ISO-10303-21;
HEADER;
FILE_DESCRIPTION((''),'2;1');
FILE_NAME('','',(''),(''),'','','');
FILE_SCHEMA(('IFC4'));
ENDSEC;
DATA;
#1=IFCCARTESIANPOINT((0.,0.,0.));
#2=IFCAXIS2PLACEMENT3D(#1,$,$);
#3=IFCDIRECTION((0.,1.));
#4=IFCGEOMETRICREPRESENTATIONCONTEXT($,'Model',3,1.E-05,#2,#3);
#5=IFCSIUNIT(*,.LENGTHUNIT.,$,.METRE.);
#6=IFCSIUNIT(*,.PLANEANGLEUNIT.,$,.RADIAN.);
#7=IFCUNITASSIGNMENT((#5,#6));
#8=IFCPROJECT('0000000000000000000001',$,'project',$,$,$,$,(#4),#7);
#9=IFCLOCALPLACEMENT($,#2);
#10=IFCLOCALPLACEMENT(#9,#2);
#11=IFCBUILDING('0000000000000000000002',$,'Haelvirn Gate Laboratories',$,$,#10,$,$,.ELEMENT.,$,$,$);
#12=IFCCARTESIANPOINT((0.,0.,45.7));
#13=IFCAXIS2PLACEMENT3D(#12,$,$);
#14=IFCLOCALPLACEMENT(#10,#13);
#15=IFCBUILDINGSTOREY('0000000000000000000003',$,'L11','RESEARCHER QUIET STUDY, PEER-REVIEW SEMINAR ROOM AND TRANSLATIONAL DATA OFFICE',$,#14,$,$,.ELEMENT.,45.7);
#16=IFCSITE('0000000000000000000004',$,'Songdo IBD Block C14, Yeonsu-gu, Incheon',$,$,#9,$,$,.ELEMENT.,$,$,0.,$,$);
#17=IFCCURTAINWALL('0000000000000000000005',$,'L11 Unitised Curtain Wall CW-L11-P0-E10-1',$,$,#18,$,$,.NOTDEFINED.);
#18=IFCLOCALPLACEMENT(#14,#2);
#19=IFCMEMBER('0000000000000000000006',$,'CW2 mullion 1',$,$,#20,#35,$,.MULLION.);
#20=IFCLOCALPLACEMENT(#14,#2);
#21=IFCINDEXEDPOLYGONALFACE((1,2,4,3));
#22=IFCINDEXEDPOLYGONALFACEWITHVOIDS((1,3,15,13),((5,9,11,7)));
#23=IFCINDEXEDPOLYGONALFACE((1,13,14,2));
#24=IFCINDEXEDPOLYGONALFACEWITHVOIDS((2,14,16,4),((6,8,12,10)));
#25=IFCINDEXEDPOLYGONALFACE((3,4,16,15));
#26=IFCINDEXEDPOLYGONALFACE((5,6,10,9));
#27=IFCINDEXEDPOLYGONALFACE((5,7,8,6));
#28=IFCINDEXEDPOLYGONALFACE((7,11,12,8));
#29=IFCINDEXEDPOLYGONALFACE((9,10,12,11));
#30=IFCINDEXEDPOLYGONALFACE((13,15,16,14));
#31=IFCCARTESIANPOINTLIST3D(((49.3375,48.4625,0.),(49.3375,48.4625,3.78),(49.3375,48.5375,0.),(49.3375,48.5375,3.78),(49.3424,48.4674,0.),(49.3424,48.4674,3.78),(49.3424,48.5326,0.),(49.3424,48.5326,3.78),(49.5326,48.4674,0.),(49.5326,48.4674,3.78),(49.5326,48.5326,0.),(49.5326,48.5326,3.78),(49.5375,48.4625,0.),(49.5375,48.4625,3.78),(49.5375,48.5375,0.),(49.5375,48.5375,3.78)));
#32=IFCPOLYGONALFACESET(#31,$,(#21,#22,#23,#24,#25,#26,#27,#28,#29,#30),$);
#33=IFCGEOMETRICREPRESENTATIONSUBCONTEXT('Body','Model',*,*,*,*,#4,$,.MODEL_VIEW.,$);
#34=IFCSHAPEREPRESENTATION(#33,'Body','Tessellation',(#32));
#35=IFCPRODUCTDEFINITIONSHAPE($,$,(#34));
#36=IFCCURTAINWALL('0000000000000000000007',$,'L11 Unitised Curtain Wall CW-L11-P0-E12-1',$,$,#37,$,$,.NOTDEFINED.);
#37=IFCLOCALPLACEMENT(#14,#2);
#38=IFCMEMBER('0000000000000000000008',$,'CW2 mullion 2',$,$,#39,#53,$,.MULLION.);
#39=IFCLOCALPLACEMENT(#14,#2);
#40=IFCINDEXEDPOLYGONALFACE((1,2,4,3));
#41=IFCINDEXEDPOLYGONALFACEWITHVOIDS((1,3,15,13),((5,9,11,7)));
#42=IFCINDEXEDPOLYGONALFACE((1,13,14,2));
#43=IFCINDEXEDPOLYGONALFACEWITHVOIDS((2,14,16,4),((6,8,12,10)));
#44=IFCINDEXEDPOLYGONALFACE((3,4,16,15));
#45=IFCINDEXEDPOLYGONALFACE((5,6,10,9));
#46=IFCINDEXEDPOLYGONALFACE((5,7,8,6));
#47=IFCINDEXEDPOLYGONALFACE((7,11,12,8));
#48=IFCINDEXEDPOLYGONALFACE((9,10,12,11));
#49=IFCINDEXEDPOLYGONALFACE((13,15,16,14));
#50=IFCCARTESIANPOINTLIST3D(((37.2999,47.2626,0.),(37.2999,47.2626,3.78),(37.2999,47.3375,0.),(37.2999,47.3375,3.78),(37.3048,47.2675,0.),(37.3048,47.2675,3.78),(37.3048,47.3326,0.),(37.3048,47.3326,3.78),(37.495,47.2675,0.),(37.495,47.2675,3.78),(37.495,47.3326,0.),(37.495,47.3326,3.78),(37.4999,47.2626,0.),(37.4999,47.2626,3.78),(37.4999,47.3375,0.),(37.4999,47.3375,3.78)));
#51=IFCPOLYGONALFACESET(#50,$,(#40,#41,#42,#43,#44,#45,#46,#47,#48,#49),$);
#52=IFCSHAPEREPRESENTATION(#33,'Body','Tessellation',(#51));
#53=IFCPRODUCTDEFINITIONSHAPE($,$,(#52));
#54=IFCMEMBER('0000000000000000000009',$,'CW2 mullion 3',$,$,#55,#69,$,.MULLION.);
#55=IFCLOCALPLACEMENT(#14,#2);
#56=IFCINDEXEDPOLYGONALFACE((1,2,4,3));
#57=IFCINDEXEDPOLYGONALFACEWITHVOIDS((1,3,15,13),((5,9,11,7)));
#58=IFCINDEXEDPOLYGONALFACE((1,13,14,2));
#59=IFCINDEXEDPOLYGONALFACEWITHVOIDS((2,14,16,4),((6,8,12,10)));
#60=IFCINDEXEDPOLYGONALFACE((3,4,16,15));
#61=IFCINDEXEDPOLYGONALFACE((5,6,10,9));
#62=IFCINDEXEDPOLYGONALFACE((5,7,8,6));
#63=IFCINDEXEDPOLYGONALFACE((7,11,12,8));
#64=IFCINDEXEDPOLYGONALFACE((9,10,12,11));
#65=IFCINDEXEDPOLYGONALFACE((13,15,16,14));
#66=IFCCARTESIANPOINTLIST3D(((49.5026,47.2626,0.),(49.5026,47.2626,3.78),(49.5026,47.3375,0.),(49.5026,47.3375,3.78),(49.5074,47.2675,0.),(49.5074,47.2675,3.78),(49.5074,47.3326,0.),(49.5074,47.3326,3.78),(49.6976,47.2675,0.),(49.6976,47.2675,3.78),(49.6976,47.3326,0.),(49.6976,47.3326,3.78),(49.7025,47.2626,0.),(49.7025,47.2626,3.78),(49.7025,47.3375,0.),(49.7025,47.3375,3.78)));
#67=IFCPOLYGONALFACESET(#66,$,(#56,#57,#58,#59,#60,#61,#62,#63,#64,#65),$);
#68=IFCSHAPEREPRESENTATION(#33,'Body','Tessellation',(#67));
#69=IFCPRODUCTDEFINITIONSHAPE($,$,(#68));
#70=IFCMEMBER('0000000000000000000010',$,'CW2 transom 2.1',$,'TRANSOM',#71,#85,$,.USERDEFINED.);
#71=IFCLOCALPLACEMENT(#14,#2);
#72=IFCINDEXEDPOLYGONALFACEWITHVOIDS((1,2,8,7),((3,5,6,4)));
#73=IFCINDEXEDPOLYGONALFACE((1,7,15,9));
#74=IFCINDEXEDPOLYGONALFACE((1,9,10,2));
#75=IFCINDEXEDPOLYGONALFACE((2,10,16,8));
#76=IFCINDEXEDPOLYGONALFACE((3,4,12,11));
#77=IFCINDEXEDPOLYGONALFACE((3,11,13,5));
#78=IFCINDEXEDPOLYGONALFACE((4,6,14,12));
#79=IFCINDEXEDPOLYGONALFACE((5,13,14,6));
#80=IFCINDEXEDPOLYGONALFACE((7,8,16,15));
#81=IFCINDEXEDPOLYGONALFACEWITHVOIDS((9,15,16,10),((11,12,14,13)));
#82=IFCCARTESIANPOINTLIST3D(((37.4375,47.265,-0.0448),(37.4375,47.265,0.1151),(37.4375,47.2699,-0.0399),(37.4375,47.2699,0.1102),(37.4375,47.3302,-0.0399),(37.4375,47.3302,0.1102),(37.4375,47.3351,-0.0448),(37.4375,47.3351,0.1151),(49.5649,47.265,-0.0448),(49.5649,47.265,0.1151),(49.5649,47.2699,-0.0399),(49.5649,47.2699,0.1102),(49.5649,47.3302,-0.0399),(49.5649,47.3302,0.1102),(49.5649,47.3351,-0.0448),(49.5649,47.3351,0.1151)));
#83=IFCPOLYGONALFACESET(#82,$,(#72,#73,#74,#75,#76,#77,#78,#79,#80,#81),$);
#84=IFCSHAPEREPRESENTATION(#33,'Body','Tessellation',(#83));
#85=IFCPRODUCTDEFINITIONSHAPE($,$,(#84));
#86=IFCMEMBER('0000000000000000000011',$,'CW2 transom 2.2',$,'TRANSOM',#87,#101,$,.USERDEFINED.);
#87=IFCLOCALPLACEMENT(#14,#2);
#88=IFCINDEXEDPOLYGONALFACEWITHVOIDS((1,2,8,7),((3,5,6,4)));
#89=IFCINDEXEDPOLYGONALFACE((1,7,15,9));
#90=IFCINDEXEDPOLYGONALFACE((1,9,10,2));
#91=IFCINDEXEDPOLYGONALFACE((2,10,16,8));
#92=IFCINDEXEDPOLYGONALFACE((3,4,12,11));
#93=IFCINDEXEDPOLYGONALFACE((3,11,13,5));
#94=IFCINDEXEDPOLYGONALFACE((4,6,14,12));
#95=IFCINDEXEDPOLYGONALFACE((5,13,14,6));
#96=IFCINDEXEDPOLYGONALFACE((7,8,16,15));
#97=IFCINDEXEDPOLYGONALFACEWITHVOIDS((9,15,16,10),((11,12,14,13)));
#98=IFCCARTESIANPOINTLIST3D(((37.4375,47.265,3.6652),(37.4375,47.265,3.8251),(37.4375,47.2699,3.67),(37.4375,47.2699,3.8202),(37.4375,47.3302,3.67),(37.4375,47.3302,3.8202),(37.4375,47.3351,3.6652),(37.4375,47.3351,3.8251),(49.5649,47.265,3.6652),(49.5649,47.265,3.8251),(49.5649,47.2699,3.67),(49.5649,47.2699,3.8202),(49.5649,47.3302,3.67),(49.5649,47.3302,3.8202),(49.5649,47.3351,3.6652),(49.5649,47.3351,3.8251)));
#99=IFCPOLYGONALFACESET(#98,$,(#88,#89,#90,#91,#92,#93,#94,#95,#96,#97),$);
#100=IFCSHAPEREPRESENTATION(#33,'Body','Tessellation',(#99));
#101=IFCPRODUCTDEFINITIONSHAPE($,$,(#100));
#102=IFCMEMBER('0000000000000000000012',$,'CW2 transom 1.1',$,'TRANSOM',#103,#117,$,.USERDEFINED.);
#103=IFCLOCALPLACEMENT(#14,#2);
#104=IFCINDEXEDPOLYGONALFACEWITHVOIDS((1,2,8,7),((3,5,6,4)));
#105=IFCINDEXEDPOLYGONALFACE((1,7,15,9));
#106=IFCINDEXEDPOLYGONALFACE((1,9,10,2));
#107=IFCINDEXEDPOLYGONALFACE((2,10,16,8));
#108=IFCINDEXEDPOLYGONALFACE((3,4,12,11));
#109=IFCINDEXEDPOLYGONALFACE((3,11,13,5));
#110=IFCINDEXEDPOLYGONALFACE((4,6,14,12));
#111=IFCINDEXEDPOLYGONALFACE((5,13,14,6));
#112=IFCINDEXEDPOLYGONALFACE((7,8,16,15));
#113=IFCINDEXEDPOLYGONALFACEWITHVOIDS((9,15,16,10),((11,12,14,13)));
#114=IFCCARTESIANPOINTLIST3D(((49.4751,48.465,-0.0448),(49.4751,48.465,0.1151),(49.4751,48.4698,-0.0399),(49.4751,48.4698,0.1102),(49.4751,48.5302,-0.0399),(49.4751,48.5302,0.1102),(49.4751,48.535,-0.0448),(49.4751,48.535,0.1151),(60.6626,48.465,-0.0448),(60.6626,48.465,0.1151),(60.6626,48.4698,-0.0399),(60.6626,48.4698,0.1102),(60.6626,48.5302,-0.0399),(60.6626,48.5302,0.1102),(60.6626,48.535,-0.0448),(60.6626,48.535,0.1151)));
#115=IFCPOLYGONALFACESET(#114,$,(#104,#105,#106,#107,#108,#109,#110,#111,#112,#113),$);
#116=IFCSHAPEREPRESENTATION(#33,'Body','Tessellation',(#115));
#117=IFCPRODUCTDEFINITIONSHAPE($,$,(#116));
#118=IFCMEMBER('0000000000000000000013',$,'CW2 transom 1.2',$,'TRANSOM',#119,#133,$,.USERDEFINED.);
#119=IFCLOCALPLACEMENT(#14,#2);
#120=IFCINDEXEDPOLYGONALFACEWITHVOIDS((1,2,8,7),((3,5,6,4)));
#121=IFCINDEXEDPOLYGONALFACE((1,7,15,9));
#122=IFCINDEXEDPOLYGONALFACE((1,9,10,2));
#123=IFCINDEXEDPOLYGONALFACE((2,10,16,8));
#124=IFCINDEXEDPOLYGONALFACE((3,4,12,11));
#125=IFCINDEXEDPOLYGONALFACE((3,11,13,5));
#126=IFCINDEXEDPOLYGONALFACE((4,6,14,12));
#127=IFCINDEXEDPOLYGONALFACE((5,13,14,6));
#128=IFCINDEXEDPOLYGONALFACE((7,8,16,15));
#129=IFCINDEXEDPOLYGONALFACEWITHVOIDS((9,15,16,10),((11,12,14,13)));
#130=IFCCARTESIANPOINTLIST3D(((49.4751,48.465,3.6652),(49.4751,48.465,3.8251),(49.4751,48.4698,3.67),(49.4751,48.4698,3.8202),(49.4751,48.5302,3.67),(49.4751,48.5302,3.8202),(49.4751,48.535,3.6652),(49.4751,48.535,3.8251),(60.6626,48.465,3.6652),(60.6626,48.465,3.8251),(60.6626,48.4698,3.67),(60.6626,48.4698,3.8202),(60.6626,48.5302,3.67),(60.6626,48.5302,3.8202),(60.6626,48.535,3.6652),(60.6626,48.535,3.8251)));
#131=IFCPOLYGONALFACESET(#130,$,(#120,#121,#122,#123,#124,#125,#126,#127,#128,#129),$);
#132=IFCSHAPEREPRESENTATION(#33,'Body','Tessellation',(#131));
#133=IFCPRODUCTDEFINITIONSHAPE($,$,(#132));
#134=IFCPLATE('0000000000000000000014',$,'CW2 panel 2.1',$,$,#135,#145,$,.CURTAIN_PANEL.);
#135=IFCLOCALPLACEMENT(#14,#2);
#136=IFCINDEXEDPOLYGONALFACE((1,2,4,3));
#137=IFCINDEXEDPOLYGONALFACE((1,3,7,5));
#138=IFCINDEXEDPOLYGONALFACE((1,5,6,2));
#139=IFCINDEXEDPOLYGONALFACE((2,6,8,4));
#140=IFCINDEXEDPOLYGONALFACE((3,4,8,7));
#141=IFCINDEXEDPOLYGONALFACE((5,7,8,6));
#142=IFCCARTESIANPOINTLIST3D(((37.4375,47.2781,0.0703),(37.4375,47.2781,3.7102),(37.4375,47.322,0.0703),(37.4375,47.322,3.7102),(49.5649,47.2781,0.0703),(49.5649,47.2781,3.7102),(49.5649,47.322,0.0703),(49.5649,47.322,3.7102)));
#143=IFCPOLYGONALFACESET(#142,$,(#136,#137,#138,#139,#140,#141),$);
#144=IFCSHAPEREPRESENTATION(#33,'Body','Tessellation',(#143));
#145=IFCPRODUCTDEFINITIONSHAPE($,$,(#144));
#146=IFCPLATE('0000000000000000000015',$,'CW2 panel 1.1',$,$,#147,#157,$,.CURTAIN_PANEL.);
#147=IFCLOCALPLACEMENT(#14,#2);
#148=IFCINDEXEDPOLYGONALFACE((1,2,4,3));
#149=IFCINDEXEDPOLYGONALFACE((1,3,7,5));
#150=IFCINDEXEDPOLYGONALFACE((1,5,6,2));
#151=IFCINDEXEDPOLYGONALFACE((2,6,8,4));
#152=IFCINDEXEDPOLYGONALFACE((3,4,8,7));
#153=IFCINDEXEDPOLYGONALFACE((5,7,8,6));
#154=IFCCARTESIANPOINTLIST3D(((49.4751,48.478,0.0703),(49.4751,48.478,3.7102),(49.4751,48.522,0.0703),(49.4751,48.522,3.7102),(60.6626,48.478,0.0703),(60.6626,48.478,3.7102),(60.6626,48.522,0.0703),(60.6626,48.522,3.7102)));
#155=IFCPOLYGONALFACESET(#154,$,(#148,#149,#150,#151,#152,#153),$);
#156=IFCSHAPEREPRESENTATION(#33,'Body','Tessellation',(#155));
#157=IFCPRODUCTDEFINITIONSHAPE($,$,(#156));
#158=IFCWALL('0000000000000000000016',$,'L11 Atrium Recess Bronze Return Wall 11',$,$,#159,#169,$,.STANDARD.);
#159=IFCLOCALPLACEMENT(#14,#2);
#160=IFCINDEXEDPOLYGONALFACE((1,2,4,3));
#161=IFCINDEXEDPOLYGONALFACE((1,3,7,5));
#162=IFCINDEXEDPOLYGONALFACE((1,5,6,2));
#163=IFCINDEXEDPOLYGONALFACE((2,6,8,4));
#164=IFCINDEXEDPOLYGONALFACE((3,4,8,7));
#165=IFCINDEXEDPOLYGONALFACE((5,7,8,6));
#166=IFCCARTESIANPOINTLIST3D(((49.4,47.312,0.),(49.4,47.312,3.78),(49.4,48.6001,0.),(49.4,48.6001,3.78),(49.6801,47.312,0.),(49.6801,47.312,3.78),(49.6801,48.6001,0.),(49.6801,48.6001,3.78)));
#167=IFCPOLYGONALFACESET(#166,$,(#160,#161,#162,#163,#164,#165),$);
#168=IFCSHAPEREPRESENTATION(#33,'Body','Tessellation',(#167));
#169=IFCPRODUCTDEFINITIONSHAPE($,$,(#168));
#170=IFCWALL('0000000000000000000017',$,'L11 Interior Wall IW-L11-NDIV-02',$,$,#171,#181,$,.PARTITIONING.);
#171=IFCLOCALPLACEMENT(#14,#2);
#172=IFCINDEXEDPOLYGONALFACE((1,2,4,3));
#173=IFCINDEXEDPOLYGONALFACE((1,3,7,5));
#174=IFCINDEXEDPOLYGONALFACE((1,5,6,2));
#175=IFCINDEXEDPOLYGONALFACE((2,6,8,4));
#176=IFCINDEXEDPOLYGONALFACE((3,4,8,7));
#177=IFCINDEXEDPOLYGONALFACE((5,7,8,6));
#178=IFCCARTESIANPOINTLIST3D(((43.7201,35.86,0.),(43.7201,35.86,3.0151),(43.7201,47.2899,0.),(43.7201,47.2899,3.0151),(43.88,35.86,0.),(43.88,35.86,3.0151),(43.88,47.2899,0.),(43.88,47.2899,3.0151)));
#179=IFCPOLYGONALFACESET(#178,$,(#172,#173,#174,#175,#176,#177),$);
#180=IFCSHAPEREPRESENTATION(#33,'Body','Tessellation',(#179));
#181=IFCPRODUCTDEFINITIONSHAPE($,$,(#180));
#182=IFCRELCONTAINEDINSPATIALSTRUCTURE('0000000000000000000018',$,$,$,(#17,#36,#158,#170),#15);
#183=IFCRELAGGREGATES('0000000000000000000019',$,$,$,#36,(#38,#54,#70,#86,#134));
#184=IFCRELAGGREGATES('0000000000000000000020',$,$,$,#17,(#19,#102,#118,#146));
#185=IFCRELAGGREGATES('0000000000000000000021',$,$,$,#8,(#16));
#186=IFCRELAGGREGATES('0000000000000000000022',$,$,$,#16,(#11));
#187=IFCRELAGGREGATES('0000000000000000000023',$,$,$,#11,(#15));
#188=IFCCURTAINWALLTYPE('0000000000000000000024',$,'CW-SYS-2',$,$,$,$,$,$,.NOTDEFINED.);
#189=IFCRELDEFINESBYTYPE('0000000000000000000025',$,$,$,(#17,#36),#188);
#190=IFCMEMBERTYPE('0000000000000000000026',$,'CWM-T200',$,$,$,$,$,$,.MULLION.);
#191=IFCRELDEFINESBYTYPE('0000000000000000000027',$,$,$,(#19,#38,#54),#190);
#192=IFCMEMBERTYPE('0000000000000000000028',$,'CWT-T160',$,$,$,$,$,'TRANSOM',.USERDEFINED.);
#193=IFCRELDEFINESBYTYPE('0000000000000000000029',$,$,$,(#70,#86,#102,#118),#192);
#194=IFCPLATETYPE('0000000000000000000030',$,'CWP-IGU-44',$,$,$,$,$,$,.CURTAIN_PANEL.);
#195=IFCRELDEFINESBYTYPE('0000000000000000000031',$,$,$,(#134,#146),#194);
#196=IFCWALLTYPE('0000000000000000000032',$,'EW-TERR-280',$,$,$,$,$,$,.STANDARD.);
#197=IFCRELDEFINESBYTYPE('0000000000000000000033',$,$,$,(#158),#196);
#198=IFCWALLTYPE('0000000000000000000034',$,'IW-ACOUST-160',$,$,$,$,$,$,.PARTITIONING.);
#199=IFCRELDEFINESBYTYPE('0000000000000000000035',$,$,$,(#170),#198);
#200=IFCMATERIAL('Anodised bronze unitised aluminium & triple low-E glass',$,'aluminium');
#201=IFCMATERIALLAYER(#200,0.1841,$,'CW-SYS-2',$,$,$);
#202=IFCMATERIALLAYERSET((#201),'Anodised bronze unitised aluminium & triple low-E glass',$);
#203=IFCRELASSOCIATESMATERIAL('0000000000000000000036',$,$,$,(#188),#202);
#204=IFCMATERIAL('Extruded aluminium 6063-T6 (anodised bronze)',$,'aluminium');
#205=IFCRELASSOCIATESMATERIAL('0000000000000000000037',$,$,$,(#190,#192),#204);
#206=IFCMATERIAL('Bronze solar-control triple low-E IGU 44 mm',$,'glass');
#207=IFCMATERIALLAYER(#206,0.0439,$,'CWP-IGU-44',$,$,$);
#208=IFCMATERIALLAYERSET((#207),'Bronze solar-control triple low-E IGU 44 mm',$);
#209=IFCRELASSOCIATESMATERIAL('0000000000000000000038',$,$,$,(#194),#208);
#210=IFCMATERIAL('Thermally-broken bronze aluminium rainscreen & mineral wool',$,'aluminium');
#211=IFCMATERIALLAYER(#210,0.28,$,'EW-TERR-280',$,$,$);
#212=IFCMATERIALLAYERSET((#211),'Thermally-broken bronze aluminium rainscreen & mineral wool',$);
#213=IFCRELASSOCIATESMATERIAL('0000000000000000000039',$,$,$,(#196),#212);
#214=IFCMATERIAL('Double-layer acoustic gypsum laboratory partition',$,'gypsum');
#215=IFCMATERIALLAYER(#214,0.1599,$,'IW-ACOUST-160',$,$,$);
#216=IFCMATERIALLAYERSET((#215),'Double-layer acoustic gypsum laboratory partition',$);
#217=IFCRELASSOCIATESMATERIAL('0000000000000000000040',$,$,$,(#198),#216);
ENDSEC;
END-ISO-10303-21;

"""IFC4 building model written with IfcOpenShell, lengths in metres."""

from ifc_helpers import new_model, si_unit, direction, frame, frame_2d, origin, origin_2d, place, context, subcontext, project, spatial, rectangle, hollow_rectangle, extrude, source, transform, mapped, material, layer, layer_set, material_profile, profile_set, type_object, type_shapes, element, aggregate, save


model = new_model("IFC4")

# Units and contexts
model_context = context("Model", 3, precision=1e-05, world=origin(), true_north=direction((0.0, 1.0)))
body_context = subcontext(model_context, "Body", "Model", "MODEL_VIEW")
ifc_project = project(units=[si_unit("LENGTHUNIT", "METRE"), si_unit("PLANEANGLEUNIT", "RADIAN")], contexts=[model_context])

# Site, building, storey
site_placement = place(None, origin())
site = spatial("IfcSite", under=ifc_project, at=site_placement, Name="Songdo IBD Block C14, Yeonsu-gu, Incheon", CompositionType="ELEMENT", RefElevation=0.0)
building_placement = place(site_placement, origin())
building = spatial("IfcBuilding", under=site, at=building_placement, Name="Haelvirn Gate Laboratories", CompositionType="ELEMENT")
storey_placement = place(building_placement, frame((0.0, 0.0, 45.7)))
storey = spatial("IfcBuildingStorey", under=building, at=storey_placement, Name="L11", Description="RESEARCHER QUIET STUDY, PEER-REVIEW SEMINAR ROOM AND TRANSLATIONAL DATA OFFICE", CompositionType="ELEMENT", Elevation=45.7)

# Curtain wall, member
ifc_material_1 = material(Name="Anodised bronze unitised aluminium & triple low-E glass", Category="aluminium")
ifc_layer_1 = layer(ifc_material_1, 0.1841, Name="CW-SYS-2")
ifc_layer_set_1 = layer_set([ifc_layer_1], Name="Anodised bronze unitised aluminium & triple low-E glass")
curtain_wall_type = type_object("IfcCurtainWallType", Name="CW-SYS-2", PredefinedType="NOTDEFINED", material=ifc_layer_set_1)
curtain_wall_1_placement = place(storey_placement, origin())
curtain_wall_1 = element("IfcCurtainWall", 1, at=curtain_wall_1_placement, inside=storey, type_object=curtain_wall_type, Name="L11 Unitised Curtain Wall CW-L11-P0-E10-1", PredefinedType="NOTDEFINED")
ifc_material_2 = material(Name="Extruded aluminium 6063-T6 (anodised bronze)", Category="aluminium")
ifc_material_profile_1 = material_profile(ifc_material_2, hollow_rectangle(XDim=0.075, YDim=0.2, WallThickness=0.0049, at=origin_2d()), Name="CWM-200x75x5")
ifc_profile_set_1 = profile_set([ifc_material_profile_1], Name="Extruded aluminium 6063-T6 (anodised bronze)")
member_type_1 = type_object("IfcMemberType", Name="CWM-T200", PredefinedType="MULLION", material=ifc_profile_set_1)
shared_shape_1 = source(origin(), body_context, "Body", "SweptSolid", [
    extrude(hollow_rectangle(XDim=0.075, YDim=0.2, WallThickness=0.0049, at=origin_2d()), origin(), (0.0, 0.0, 1.0), 3.78),
])
type_shapes(member_type_1, [shared_shape_1])
member_1_placement = place(storey_placement, frame((49.4375, 48.5, 0.0), z_axis=(0.0, 0.0, 1.0), x_axis=(0.0, 1.0, 0.0)))
member_1 = element("IfcMember", 2, at=member_1_placement, type_object=member_type_1, Name="CW2 mullion 1", PredefinedType="MULLION", context=body_context, shape_type="MappedRepresentation", body=[
    mapped(shared_shape_1, transform((0.0, 0.0, 0.0), scale=1.0)),
])

# Curtain wall, members
curtain_wall_2_placement = place(storey_placement, origin())
curtain_wall_2 = element("IfcCurtainWall", 3, at=curtain_wall_2_placement, inside=storey, type_object=curtain_wall_type, Name="L11 Unitised Curtain Wall CW-L11-P0-E12-1", PredefinedType="NOTDEFINED")
member_2_placement = place(storey_placement, frame((37.3999, 47.3, 0.0), z_axis=(0.0, 0.0, 1.0), x_axis=(0.0, 1.0, 0.0)))
member_2 = element("IfcMember", 4, at=member_2_placement, type_object=member_type_1, Name="CW2 mullion 2", PredefinedType="MULLION", context=body_context, shape_type="MappedRepresentation", body=[
    mapped(shared_shape_1, transform((0.0, 0.0, 0.0), scale=1.0)),
])
member_3_placement = place(storey_placement, frame((49.6025, 47.3, 0.0), z_axis=(0.0, 0.0, 1.0), x_axis=(0.0, 1.0, 0.0)))
member_3 = element("IfcMember", 5, at=member_3_placement, type_object=member_type_1, Name="CW2 mullion 3", PredefinedType="MULLION", context=body_context, shape_type="MappedRepresentation", body=[
    mapped(shared_shape_1, transform((0.0, 0.0, 0.0), scale=1.0)),
])
ifc_material_profile_2 = material_profile(ifc_material_2, hollow_rectangle(XDim=0.0701, YDim=0.1599, WallThickness=0.0049, at=origin_2d()), Name="CWT-160x70x5")
ifc_profile_set_2 = profile_set([ifc_material_profile_2], Name="Extruded aluminium 6063-T6 (anodised bronze)")
member_type_2 = type_object("IfcMemberType", Name="CWT-T160", ElementType="TRANSOM", PredefinedType="USERDEFINED", material=ifc_profile_set_2)
shared_shape_2 = source(origin(), body_context, "Body", "SweptSolid", [
    extrude(hollow_rectangle(XDim=0.0701, YDim=0.1599, WallThickness=0.0049, at=origin_2d()), origin(), (0.0, 0.0, 1.0), 12.1274),
])
member_4_placement = place(storey_placement, frame((37.4375, 47.3, 0.0352), z_axis=(1.0, 0.0, 0.0), x_axis=(0.0, 1.0, 0.0)))
member_4 = element("IfcMember", 6, at=member_4_placement, type_object=member_type_2, Name="CW2 transom 2.1", ObjectType="TRANSOM", PredefinedType="USERDEFINED", context=body_context, shape_type="MappedRepresentation", body=[
    mapped(shared_shape_2, transform((0.0, 0.0, 0.0), scale=1.0)),
])
member_5_placement = place(storey_placement, frame((37.4375, 47.3, 3.7451), z_axis=(1.0, 0.0, 0.0), x_axis=(0.0, 1.0, 0.0)))
member_5 = element("IfcMember", 7, at=member_5_placement, type_object=member_type_2, Name="CW2 transom 2.2", ObjectType="TRANSOM", PredefinedType="USERDEFINED", context=body_context, shape_type="MappedRepresentation", body=[
    mapped(shared_shape_2, transform((0.0, 0.0, 0.0), scale=1.0)),
])

# Members
shared_shape_3 = source(origin(), body_context, "Body", "SweptSolid", [
    extrude(hollow_rectangle(XDim=0.0701, YDim=0.1599, WallThickness=0.0049, at=origin_2d()), origin(), (0.0, 0.0, 1.0), 11.1875),
])
type_shapes(member_type_2, [shared_shape_2, shared_shape_3])
member_6_placement = place(storey_placement, frame((49.4751, 48.5, 0.0352), z_axis=(1.0, 0.0, 0.0), x_axis=(0.0, 1.0, 0.0)))
member_6 = element("IfcMember", 8, at=member_6_placement, type_object=member_type_2, Name="CW2 transom 1.1", ObjectType="TRANSOM", PredefinedType="USERDEFINED", context=body_context, shape_type="MappedRepresentation", body=[
    mapped(shared_shape_3, transform((0.0, 0.0, 0.0), scale=1.0)),
])
member_7_placement = place(storey_placement, frame((49.4751, 48.5, 3.7451), z_axis=(1.0, 0.0, 0.0), x_axis=(0.0, 1.0, 0.0)))
member_7 = element("IfcMember", 9, at=member_7_placement, type_object=member_type_2, Name="CW2 transom 1.2", ObjectType="TRANSOM", PredefinedType="USERDEFINED", context=body_context, shape_type="MappedRepresentation", body=[
    mapped(shared_shape_3, transform((0.0, 0.0, 0.0), scale=1.0)),
])

# Plates
ifc_material_3 = material(Name="Bronze solar-control triple low-E IGU 44 mm", Category="glass")
ifc_layer_2 = layer(ifc_material_3, 0.0439, Name="CWP-IGU-44")
ifc_layer_set_2 = layer_set([ifc_layer_2], Name="Bronze solar-control triple low-E IGU 44 mm")
plate_type = type_object("IfcPlateType", Name="CWP-IGU-44", PredefinedType="CURTAIN_PANEL", material=ifc_layer_set_2)
shared_shape_4 = source(origin(), body_context, "Body", "SweptSolid", [
    extrude(rectangle(XDim=12.1274, YDim=0.0439, at=origin_2d()), origin(), (0.0, 0.0, 1.0), 3.6399),
])
plate_1_placement = place(storey_placement, frame((43.5012, 47.3, 0.0703), z_axis=(0.0, 0.0, 1.0), x_axis=(1.0, 0.0, 0.0)))
plate_1 = element("IfcPlate", 10, at=plate_1_placement, type_object=plate_type, Name="CW2 panel 2.1", PredefinedType="CURTAIN_PANEL", context=body_context, shape_type="MappedRepresentation", body=[
    mapped(shared_shape_4, transform((0.0, 0.0, 0.0), scale=1.0)),
])
aggregate(curtain_wall_2, [member_2, member_3, member_4, member_5, plate_1])
shared_shape_5 = source(origin(), body_context, "Body", "SweptSolid", [
    extrude(rectangle(XDim=11.1875, YDim=0.0439, at=origin_2d()), origin(), (0.0, 0.0, 1.0), 3.6399),
])
type_shapes(plate_type, [shared_shape_4, shared_shape_5])
plate_2_placement = place(storey_placement, frame((55.0688, 48.5, 0.0703), z_axis=(0.0, 0.0, 1.0), x_axis=(1.0, 0.0, 0.0)))
plate_2 = element("IfcPlate", 11, at=plate_2_placement, type_object=plate_type, Name="CW2 panel 1.1", PredefinedType="CURTAIN_PANEL", context=body_context, shape_type="MappedRepresentation", body=[
    mapped(shared_shape_5, transform((0.0, 0.0, 0.0), scale=1.0)),
])
aggregate(curtain_wall_1, [member_1, member_6, member_7, plate_2])

# Walls
ifc_material_4 = material(Name="Thermally-broken bronze aluminium rainscreen & mineral wool", Category="aluminium")
ifc_layer_3 = layer(ifc_material_4, 0.28, Name="EW-TERR-280")
ifc_layer_set_3 = layer_set([ifc_layer_3], Name="Thermally-broken bronze aluminium rainscreen & mineral wool")
wall_type_1 = type_object("IfcWallType", Name="EW-TERR-280", PredefinedType="STANDARD", material=ifc_layer_set_3)
wall_1_placement = place(storey_placement, frame((49.54, 48.6001, 0.0), z_axis=(0.0, 0.0, 1.0), x_axis=(0.0, -1.0, 0.0)))
element("IfcWall", 12, at=wall_1_placement, inside=storey, type_object=wall_type_1, Name="L11 Atrium Recess Bronze Return Wall 11", PredefinedType="STANDARD", context=body_context, shape_type="SweptSolid", body=[
    extrude(rectangle(XDim=1.2881, YDim=0.28, at=frame_2d((0.644, 0.0))), origin(), (0.0, 0.0, 1.0), 3.78),
])
ifc_material_5 = material(Name="Double-layer acoustic gypsum laboratory partition", Category="gypsum")
ifc_layer_4 = layer(ifc_material_5, 0.1599, Name="IW-ACOUST-160")
ifc_layer_set_4 = layer_set([ifc_layer_4], Name="Double-layer acoustic gypsum laboratory partition")
wall_type_2 = type_object("IfcWallType", Name="IW-ACOUST-160", PredefinedType="PARTITIONING", material=ifc_layer_set_4)
wall_2_placement = place(storey_placement, frame((43.8, 35.8601, 0.0), z_axis=(0.0, 0.0, 1.0), x_axis=(0.0, 1.0, 0.0)))
element("IfcWall", 13, at=wall_2_placement, inside=storey, type_object=wall_type_2, Name="L11 Interior Wall IW-L11-NDIV-02", PredefinedType="PARTITIONING", context=body_context, shape_type="SweptSolid", body=[
    extrude(rectangle(XDim=11.4299, YDim=0.1599, at=frame_2d((5.7148, 0.0))), origin(), (0.0, 0.0, 1.0), 3.0151),
])

save(model, "model.ifc")
